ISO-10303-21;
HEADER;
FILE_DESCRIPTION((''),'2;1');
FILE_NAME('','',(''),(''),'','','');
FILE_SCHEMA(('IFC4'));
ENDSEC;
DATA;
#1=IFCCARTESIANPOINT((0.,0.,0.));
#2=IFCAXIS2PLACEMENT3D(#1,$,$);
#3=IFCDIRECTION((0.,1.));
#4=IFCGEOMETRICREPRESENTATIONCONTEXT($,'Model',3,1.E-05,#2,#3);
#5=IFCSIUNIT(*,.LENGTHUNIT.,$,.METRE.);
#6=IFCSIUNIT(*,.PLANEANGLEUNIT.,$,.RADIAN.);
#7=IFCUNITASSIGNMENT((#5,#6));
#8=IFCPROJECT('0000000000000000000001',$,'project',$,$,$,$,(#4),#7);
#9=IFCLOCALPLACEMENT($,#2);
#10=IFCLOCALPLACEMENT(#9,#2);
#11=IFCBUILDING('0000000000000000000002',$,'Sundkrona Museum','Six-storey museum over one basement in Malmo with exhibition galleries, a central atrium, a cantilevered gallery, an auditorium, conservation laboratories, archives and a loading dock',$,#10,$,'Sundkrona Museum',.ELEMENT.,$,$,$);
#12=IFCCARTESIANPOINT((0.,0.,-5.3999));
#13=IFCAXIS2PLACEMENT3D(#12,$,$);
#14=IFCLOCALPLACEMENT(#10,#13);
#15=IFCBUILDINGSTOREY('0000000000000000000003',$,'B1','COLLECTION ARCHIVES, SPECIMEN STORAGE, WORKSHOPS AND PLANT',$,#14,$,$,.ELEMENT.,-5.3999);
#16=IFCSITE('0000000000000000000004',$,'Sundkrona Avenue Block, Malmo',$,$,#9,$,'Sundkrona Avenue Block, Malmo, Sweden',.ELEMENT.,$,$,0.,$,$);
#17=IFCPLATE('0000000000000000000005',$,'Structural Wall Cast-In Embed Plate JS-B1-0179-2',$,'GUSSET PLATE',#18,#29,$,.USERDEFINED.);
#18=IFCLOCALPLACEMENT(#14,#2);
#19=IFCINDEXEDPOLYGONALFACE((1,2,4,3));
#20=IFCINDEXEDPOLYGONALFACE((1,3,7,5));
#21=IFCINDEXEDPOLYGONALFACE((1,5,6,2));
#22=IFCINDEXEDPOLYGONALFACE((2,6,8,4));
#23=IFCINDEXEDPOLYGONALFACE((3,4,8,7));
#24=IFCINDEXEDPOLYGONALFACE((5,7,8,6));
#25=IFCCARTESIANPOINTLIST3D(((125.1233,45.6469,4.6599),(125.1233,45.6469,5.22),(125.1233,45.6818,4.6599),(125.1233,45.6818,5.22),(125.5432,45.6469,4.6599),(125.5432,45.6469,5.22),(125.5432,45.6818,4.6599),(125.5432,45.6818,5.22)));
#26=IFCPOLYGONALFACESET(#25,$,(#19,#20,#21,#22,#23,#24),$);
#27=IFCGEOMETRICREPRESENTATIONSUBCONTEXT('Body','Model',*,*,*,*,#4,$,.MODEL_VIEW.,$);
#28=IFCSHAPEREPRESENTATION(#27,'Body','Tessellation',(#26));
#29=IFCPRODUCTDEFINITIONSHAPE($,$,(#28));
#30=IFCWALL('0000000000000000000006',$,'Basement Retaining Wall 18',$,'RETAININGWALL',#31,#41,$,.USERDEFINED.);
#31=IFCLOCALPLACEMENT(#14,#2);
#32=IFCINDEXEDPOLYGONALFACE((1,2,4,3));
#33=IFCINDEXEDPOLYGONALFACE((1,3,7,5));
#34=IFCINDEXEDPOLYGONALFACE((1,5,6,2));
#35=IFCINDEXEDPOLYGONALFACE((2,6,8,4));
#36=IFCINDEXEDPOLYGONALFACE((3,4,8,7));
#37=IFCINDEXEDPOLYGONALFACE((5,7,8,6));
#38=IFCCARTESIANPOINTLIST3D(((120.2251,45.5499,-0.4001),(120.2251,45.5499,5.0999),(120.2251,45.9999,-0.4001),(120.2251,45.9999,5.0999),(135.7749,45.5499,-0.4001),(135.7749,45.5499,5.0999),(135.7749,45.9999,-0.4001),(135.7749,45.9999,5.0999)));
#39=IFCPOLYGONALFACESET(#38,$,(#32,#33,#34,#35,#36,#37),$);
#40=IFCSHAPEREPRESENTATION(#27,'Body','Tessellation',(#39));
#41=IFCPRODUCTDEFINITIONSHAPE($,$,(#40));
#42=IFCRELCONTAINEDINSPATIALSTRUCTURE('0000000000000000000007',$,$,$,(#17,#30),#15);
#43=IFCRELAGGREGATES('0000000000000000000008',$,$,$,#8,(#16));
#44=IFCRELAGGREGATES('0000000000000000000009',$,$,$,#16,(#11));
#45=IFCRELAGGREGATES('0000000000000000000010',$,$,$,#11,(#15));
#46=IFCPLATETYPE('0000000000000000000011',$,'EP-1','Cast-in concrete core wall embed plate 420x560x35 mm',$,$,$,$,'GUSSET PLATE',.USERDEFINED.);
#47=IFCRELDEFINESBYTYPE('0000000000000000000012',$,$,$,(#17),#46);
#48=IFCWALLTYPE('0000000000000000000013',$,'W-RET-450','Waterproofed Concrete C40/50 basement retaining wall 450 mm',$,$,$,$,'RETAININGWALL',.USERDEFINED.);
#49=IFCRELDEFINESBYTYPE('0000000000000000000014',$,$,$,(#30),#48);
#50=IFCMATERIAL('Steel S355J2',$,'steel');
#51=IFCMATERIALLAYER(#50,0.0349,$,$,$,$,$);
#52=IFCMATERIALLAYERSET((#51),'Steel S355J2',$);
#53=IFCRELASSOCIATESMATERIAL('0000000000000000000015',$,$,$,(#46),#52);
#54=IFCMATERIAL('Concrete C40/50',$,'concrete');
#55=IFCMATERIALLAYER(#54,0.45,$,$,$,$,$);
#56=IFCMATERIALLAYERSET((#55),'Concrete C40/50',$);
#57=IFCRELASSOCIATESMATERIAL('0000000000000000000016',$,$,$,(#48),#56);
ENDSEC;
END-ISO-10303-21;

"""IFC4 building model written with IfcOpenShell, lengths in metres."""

from ifc_helpers import new_model, si_unit, direction, frame, frame_2d, origin, origin_2d, place, context, subcontext, project, spatial, rectangle, extrude, material, layer, layer_set, type_object, element, save


model = new_model("IFC4")

# Units and contexts
model_context = context("Model", 3, precision=1e-05, world=origin(), true_north=direction((0.0, 1.0)))
body_context = subcontext(model_context, "Body", "Model", "MODEL_VIEW")
ifc_project = project(units=[si_unit("LENGTHUNIT", "METRE"), si_unit("PLANEANGLEUNIT", "RADIAN")], contexts=[model_context])

# Site, building, storey
site_placement = place(None, origin())
site = spatial("IfcSite", under=ifc_project, at=site_placement, Name="Sundkrona Avenue Block, Malmo", LongName="Sundkrona Avenue Block, Malmo, Sweden", CompositionType="ELEMENT", RefElevation=0.0)
building_placement = place(site_placement, origin())
building = spatial("IfcBuilding", under=site, at=building_placement, Name="Sundkrona Museum", Description="Six-storey museum over one basement in Malmo with exhibition galleries, a central atrium, a cantilevered gallery, an auditorium, conservation laboratories, archives and a loading dock", LongName="Sundkrona Museum", CompositionType="ELEMENT")
storey_placement = place(building_placement, frame((0.0, 0.0, -5.3999)))
storey = spatial("IfcBuildingStorey", under=building, at=storey_placement, Name="B1", Description="COLLECTION ARCHIVES, SPECIMEN STORAGE, WORKSHOPS AND PLANT", CompositionType="ELEMENT", Elevation=-5.3999)

# Shared definitions
ifc_material_1 = material(Name="Concrete C40/50", Category="concrete")

# Shared definitions
ifc_material_2 = material(Name="Steel S355J2", Category="steel")

# Plate
ifc_layer_1 = layer(ifc_material_2, 0.0349)
ifc_layer_set_1 = layer_set([ifc_layer_1], Name="Steel S355J2")
plate_type = type_object("IfcPlateType", Name="EP-1", Description="Cast-in concrete core wall embed plate 420x560x35 mm", ElementType="GUSSET PLATE", PredefinedType="USERDEFINED", material=ifc_layer_set_1)
for number, where, z_axis, x_axis, name in (
    (1, (125.3333, 45.6643, 4.6599), (0.0, 0.0, 1.0), (1.0, 0.0, 0.0), "Structural Wall Cast-In Embed Plate JS-B1-0179-2"),
):
    element("IfcPlate", number, at=place(storey_placement, frame(where, z_axis=z_axis, x_axis=x_axis)), inside=storey, type_object=plate_type, Name=name, ObjectType="GUSSET PLATE", PredefinedType="USERDEFINED", context=body_context, shape_type="SweptSolid", body=[
        extrude(rectangle(XDim=0.4199, YDim=0.0349, at=origin_2d()), origin(), (0.0, 0.0, 1.0), 0.5601),
    ])

# Wall
ifc_layer_2 = layer(ifc_material_1, 0.45)
ifc_layer_set_2 = layer_set([ifc_layer_2], Name="Concrete C40/50")
wall_type = type_object("IfcWallType", Name="W-RET-450", Description="Waterproofed Concrete C40/50 basement retaining wall 450 mm", ElementType="RETAININGWALL", PredefinedType="USERDEFINED", material=ifc_layer_set_2)
wall_placement = place(storey_placement, frame((120.2251, 45.7749, -0.4001), z_axis=(0.0, 0.0, 1.0), x_axis=(1.0, 0.0, 0.0)))
element("IfcWall", 2, at=wall_placement, inside=storey, type_object=wall_type, Name="Basement Retaining Wall 18", ObjectType="RETAININGWALL", PredefinedType="USERDEFINED", context=body_context, shape_type="SweptSolid", body=[
    extrude(rectangle(XDim=15.5498, YDim=0.45, at=frame_2d((7.7749, 0.0))), origin(), (0.0, 0.0, 1.0), 5.5),
])

save(model, "model.ifc")
